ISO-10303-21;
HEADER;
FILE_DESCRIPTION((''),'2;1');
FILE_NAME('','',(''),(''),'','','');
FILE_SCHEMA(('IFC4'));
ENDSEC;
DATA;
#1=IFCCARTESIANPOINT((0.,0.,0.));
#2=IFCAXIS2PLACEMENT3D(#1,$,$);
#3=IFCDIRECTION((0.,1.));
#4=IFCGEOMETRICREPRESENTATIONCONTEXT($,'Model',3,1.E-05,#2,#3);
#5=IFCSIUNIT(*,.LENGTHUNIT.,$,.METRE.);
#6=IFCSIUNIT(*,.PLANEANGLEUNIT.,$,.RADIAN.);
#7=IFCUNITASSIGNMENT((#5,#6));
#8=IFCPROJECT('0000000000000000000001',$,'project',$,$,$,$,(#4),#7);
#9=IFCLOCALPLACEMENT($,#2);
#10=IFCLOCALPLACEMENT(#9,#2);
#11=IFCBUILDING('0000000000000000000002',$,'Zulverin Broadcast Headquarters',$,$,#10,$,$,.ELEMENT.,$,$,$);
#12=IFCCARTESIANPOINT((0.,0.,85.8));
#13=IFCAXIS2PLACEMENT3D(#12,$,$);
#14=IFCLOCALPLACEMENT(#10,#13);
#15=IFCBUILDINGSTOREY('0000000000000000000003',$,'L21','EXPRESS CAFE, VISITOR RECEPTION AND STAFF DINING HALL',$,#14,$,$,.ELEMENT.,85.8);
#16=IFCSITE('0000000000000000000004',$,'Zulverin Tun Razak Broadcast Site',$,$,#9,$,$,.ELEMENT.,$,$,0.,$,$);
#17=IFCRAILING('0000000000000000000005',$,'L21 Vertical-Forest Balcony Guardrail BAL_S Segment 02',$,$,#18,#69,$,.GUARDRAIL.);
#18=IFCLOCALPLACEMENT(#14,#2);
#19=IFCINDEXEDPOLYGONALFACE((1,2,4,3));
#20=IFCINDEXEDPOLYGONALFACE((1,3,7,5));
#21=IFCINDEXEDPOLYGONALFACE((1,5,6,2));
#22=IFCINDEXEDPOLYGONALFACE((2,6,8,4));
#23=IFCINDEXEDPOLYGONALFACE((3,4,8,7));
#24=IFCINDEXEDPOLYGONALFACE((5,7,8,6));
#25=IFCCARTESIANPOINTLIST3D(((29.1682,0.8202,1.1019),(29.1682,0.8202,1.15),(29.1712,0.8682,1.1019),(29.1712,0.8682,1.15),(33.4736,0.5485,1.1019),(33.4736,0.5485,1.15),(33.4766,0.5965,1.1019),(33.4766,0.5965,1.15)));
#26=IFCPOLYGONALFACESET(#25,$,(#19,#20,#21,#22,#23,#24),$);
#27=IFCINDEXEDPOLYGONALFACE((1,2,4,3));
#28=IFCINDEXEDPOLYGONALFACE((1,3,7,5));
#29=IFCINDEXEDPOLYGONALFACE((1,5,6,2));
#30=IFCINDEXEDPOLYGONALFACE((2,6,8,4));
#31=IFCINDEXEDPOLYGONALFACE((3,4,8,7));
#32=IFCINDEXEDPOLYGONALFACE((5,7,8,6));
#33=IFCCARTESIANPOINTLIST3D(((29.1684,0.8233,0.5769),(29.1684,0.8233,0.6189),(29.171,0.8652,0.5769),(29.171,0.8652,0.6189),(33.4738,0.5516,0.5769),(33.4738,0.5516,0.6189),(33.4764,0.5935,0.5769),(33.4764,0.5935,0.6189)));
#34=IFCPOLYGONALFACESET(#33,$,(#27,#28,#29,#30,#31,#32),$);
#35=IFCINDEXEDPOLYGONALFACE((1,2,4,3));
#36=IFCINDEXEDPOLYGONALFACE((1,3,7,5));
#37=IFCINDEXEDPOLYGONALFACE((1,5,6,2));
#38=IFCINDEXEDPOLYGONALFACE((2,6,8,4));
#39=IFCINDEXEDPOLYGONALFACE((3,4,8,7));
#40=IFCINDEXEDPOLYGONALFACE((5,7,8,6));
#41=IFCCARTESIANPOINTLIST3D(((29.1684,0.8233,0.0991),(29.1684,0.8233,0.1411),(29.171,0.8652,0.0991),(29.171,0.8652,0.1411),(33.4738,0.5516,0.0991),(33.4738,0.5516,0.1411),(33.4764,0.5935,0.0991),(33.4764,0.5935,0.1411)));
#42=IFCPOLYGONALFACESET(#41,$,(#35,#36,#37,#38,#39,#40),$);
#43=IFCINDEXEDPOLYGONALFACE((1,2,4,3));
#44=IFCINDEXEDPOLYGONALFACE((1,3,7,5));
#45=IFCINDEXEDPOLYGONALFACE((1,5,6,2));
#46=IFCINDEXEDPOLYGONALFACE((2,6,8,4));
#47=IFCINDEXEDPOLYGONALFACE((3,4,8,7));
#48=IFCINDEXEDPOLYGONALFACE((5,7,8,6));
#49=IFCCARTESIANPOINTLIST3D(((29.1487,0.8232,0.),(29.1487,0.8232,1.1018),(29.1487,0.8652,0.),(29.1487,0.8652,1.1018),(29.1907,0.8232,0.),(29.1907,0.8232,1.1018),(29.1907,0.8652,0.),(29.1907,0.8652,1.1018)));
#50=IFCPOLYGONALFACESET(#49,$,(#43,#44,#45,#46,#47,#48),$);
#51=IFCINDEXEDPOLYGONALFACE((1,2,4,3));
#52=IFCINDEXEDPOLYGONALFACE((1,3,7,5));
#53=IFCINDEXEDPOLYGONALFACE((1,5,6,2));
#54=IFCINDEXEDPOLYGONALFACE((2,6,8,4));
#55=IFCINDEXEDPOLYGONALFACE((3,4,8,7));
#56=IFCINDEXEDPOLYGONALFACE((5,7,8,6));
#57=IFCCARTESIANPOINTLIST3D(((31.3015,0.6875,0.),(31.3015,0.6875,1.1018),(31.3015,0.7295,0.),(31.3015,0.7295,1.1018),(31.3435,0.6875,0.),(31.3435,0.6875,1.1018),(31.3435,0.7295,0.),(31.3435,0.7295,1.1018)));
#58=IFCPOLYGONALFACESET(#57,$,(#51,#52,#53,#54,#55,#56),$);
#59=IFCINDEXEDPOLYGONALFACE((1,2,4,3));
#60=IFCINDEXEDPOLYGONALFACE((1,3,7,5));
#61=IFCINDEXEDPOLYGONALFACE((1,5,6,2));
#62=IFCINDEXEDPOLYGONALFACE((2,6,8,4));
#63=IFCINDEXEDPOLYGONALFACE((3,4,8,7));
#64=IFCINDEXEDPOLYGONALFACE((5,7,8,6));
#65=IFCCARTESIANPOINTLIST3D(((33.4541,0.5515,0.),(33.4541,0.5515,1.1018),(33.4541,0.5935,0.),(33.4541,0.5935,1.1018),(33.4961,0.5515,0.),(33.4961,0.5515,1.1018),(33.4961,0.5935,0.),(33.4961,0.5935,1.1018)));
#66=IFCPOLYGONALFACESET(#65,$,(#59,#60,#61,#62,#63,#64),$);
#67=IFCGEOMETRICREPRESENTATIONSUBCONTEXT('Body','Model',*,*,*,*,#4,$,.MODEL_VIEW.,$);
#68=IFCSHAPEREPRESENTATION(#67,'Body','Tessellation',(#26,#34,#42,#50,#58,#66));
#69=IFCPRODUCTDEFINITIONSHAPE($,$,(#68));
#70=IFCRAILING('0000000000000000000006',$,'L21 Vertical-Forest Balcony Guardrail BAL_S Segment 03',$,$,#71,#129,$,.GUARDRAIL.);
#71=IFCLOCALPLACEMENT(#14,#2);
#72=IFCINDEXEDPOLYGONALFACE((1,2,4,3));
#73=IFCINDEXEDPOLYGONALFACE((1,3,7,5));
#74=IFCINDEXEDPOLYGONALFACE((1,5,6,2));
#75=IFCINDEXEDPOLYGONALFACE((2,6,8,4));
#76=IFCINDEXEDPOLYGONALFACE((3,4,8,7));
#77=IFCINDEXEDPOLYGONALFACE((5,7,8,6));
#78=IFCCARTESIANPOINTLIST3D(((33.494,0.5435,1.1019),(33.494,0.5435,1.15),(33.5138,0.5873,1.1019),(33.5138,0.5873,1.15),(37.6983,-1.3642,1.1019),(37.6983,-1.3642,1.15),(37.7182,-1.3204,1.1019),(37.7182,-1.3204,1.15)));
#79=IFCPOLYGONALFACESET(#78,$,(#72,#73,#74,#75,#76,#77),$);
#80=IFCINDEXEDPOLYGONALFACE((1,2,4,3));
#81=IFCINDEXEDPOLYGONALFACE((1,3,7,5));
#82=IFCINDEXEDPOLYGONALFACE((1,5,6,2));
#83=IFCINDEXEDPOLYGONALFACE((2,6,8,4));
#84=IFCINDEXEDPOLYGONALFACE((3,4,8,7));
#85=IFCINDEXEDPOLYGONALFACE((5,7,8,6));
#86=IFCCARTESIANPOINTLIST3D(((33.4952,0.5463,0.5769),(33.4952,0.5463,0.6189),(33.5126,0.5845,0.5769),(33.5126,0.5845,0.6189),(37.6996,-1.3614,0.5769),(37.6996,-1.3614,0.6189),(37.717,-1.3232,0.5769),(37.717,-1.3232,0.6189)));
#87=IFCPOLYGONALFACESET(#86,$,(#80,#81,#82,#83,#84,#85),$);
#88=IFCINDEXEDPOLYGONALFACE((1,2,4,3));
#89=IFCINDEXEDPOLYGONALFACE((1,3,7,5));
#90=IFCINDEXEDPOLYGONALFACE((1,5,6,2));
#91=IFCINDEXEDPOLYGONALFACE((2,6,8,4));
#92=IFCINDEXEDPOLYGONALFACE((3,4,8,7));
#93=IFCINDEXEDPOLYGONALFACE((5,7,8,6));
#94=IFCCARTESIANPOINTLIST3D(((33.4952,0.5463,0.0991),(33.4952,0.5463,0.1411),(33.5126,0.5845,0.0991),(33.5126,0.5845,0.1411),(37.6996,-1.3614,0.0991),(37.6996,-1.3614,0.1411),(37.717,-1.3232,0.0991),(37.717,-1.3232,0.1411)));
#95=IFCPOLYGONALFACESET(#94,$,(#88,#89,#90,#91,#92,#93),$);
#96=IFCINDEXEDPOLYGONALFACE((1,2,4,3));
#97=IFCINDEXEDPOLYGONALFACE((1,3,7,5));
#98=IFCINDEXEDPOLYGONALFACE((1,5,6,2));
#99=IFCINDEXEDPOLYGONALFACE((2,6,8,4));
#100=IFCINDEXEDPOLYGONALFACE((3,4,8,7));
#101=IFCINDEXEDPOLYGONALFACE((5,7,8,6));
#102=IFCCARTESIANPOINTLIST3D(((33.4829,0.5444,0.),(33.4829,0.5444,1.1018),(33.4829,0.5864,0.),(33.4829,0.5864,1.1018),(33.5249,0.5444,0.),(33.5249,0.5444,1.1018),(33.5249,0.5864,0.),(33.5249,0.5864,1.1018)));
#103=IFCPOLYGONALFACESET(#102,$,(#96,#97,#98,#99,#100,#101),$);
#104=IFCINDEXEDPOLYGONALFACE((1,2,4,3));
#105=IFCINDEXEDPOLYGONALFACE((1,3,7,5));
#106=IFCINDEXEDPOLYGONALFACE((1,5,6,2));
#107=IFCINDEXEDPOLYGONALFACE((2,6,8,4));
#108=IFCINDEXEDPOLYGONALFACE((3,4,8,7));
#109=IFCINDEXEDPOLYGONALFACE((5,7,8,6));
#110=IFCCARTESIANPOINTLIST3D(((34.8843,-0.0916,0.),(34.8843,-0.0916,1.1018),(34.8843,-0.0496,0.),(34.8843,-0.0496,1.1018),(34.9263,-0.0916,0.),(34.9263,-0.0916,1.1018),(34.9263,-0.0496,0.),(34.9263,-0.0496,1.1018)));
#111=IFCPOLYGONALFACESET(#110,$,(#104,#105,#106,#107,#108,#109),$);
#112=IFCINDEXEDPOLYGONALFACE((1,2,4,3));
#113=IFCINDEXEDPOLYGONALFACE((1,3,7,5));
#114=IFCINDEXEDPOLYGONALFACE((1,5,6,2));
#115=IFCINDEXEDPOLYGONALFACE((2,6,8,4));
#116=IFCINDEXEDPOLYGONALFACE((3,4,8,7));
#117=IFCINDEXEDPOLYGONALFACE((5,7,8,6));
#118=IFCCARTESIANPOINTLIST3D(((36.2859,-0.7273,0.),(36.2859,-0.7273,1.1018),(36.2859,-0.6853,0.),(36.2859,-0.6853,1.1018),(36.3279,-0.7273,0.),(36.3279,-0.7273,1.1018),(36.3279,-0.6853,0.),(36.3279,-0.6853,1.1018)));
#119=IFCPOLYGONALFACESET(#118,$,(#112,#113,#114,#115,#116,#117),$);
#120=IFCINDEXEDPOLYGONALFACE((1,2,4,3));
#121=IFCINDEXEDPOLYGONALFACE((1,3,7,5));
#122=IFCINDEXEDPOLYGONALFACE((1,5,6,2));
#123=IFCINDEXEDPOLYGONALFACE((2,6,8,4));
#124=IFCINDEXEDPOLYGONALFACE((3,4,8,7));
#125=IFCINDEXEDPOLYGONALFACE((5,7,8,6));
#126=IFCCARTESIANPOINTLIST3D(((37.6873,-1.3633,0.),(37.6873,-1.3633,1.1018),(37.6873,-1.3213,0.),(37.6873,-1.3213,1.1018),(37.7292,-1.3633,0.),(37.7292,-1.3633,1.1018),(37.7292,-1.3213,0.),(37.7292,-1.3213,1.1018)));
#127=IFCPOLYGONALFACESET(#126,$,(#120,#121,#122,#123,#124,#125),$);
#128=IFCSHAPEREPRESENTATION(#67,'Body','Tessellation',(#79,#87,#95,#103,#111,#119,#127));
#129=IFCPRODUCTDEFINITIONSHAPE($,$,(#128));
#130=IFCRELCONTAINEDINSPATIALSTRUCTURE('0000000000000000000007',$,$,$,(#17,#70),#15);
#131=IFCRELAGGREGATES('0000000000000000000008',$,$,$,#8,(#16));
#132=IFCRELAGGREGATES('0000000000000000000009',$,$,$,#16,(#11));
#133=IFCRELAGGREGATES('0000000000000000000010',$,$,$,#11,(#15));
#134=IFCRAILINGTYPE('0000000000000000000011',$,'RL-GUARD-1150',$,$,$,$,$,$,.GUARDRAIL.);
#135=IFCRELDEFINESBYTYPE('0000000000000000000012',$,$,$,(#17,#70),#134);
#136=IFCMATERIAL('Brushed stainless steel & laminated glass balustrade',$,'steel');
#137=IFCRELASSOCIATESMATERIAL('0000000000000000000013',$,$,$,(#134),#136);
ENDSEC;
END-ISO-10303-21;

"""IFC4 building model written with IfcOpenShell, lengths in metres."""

from ifc_helpers import new_model, si_unit, direction, frame, origin, origin_2d, place, context, subcontext, project, spatial, rectangle, extrude, material, type_object, element, save


model = new_model("IFC4")

# Units and contexts
model_context = context("Model", 3, precision=1e-05, world=origin(), true_north=direction((0.0, 1.0)))
body_context = subcontext(model_context, "Body", "Model", "MODEL_VIEW")
ifc_project = project(units=[si_unit("LENGTHUNIT", "METRE"), si_unit("PLANEANGLEUNIT", "RADIAN")], contexts=[model_context])

# Site, building, storey
site_placement = place(None, origin())
site = spatial("IfcSite", under=ifc_project, at=site_placement, Name="Zulverin Tun Razak Broadcast Site", CompositionType="ELEMENT", RefElevation=0.0)
building_placement = place(site_placement, origin())
building = spatial("IfcBuilding", under=site, at=building_placement, Name="Zulverin Broadcast Headquarters", CompositionType="ELEMENT")
storey_placement = place(building_placement, frame((0.0, 0.0, 85.8)))
storey = spatial("IfcBuildingStorey", under=building, at=storey_placement, Name="L21", Description="EXPRESS CAFE, VISITOR RECEPTION AND STAFF DINING HALL", CompositionType="ELEMENT", Elevation=85.8)

# Railings
ifc_material_1 = material(Name="Brushed stainless steel & laminated glass balustrade", Category="steel")
railing_type = type_object("IfcRailingType", Name="RL-GUARD-1150", PredefinedType="GUARDRAIL", material=ifc_material_1)
railing_1_placement = place(storey_placement, frame((29.1697, 0.8442, 0.0)))
element("IfcRailing", 1, at=railing_1_placement, inside=storey, type_object=railing_type, Name="L21 Vertical-Forest Balcony Guardrail BAL_S Segment 02", PredefinedType="GUARDRAIL", context=body_context, shape_type="SweptSolid", body=[
    extrude(rectangle(XDim=0.0481, YDim=0.0481, at=origin_2d()), frame((0.0, 0.0, 1.126), z_axis=(0.998014, -0.062988, 0.0), x_axis=(0.062988, 0.998014, 0.0)), (0.0, 0.0, 1.0), 4.314),
    extrude(rectangle(XDim=0.042, YDim=0.042, at=origin_2d()), frame((0.0, 0.0, 0.5979), z_axis=(0.998014, -0.062988, 0.0), x_axis=(0.062988, 0.998014, 0.0)), (0.0, 0.0, 1.0), 4.314),
    extrude(rectangle(XDim=0.042, YDim=0.042, at=origin_2d()), frame((0.0, 0.0, 0.1201), z_axis=(0.998014, -0.062988, 0.0), x_axis=(0.062988, 0.998014, 0.0)), (0.0, 0.0, 1.0), 4.314),
    extrude(rectangle(XDim=0.042, YDim=0.042, at=origin_2d()), origin(), (0.0, 0.0, 1.0), 1.1018),
    extrude(rectangle(XDim=0.042, YDim=0.042, at=origin_2d()), frame((2.1528, -0.1357, 0.0)), (0.0, 0.0, 1.0), 1.1018),
    extrude(rectangle(XDim=0.042, YDim=0.042, at=origin_2d()), frame((4.3054, -0.2717, 0.0)), (0.0, 0.0, 1.0), 1.1018),
])
railing_2_placement = place(storey_placement, frame((33.5039, 0.5654, 0.0)))
element("IfcRailing", 2, at=railing_2_placement, inside=storey, type_object=railing_type, Name="L21 Vertical-Forest Balcony Guardrail BAL_S Segment 03", PredefinedType="GUARDRAIL", context=body_context, shape_type="SweptSolid", body=[
    extrude(rectangle(XDim=0.0481, YDim=0.0481, at=origin_2d()), frame((0.0, 0.0, 1.126), z_axis=(0.91064, -0.413201, 0.0), x_axis=(0.413201, 0.91064, 0.0)), (0.0, 0.0, 1.0), 4.6169),
    extrude(rectangle(XDim=0.042, YDim=0.042, at=origin_2d()), frame((0.0, 0.0, 0.5979), z_axis=(0.91064, -0.413201, 0.0), x_axis=(0.413201, 0.91064, 0.0)), (0.0, 0.0, 1.0), 4.6169),
    extrude(rectangle(XDim=0.042, YDim=0.042, at=origin_2d()), frame((0.0, 0.0, 0.1201), z_axis=(0.91064, -0.413201, 0.0), x_axis=(0.413201, 0.91064, 0.0)), (0.0, 0.0, 1.0), 4.6169),
    extrude(rectangle(XDim=0.042, YDim=0.042, at=origin_2d()), origin(), (0.0, 0.0, 1.0), 1.1018),
    extrude(rectangle(XDim=0.042, YDim=0.042, at=origin_2d()), frame((1.4014, -0.636, 0.0)), (0.0, 0.0, 1.0), 1.1018),
    extrude(rectangle(XDim=0.042, YDim=0.042, at=origin_2d()), frame((2.803, -1.2717, 0.0)), (0.0, 0.0, 1.0), 1.1018),
    extrude(rectangle(XDim=0.042, YDim=0.042, at=origin_2d()), frame((4.2043, -1.9077, 0.0)), (0.0, 0.0, 1.0), 1.1018),
])

save(model, "model.ifc")
